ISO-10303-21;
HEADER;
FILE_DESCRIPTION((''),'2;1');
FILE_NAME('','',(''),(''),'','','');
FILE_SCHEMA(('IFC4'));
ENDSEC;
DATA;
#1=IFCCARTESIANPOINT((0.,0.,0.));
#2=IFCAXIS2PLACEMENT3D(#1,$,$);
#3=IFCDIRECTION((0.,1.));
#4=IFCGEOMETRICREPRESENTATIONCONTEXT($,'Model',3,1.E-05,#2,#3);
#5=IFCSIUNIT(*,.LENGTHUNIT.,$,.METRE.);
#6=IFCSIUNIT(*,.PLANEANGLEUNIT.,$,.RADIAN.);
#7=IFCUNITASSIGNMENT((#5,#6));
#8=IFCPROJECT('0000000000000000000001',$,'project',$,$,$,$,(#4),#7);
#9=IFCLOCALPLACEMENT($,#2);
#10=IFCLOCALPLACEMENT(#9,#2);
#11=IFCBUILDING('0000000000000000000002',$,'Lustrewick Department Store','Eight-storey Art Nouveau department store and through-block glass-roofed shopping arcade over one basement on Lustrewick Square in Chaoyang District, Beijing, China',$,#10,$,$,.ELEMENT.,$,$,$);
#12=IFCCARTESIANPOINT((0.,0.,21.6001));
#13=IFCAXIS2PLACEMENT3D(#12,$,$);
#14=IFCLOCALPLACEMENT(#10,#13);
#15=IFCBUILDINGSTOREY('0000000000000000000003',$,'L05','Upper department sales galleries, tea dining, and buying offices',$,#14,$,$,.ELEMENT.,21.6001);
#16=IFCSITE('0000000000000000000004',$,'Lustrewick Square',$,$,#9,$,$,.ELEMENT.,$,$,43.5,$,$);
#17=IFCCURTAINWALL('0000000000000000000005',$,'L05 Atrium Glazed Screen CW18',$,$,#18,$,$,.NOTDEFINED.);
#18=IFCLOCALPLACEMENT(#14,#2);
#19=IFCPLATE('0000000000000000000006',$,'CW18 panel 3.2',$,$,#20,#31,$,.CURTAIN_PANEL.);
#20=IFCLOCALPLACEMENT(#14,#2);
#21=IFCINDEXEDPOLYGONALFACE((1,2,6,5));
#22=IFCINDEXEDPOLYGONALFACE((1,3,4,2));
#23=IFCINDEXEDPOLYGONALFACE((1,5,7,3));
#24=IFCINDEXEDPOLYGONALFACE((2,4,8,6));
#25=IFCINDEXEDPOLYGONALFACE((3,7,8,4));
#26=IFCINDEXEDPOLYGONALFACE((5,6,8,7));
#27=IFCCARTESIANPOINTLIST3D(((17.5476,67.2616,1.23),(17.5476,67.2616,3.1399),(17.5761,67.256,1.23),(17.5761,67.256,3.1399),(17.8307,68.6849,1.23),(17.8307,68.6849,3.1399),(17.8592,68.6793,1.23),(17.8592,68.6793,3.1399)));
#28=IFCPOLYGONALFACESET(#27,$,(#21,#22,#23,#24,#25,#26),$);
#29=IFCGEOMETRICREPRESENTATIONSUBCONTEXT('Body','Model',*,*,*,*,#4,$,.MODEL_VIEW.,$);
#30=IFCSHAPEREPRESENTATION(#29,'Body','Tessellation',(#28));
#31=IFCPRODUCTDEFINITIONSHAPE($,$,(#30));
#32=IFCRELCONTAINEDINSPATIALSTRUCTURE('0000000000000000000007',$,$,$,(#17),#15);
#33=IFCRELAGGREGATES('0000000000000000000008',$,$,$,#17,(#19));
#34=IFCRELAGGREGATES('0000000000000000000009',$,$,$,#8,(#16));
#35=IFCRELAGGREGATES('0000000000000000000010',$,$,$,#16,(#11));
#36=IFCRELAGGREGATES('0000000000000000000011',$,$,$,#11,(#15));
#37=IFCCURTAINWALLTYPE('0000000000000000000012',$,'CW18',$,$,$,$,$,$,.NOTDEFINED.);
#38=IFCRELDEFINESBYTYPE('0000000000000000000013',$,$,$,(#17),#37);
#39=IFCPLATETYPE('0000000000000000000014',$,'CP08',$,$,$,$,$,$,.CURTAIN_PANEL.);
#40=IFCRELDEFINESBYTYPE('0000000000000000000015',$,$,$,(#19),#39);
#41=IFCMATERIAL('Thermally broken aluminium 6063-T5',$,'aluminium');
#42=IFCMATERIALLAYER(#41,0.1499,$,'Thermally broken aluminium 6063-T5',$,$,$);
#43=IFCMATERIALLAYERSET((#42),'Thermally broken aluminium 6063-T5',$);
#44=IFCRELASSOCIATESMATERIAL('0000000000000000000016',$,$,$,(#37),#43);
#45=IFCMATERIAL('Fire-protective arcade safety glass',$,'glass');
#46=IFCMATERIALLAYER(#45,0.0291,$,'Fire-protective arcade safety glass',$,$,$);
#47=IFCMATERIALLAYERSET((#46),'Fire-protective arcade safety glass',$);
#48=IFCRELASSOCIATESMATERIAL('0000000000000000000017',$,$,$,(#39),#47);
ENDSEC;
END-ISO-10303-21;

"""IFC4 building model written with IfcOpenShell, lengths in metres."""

from ifc_helpers import new_model, si_unit, direction, frame, origin, origin_2d, place, context, subcontext, project, spatial, rectangle, extrude, material, layer, layer_set, type_object, element, aggregate, save


model = new_model("IFC4")

# Units and contexts
model_context = context("Model", 3, precision=1e-05, world=origin(), true_north=direction((0.0, 1.0)))
body_context = subcontext(model_context, "Body", "Model", "MODEL_VIEW")
ifc_project = project(units=[si_unit("LENGTHUNIT", "METRE"), si_unit("PLANEANGLEUNIT", "RADIAN")], contexts=[model_context])

# Site, building, storey
site_placement = place(None, origin())
site = spatial("IfcSite", under=ifc_project, at=site_placement, Name="Lustrewick Square", CompositionType="ELEMENT", RefElevation=43.5)
building_placement = place(site_placement, origin())
building = spatial("IfcBuilding", under=site, at=building_placement, Name="Lustrewick Department Store", Description="Eight-storey Art Nouveau department store and through-block glass-roofed shopping arcade over one basement on Lustrewick Square in Chaoyang District, Beijing, China", CompositionType="ELEMENT")
storey_placement = place(building_placement, frame((0.0, 0.0, 21.6001)))
storey = spatial("IfcBuildingStorey", under=building, at=storey_placement, Name="L05", Description="Upper department sales galleries, tea dining, and buying offices", CompositionType="ELEMENT", Elevation=21.6001)

# Shared definitions
ifc_material_1 = material(Name="Thermally broken aluminium 6063-T5", Category="aluminium")

# Curtain wall
ifc_layer_1 = layer(ifc_material_1, 0.1499, Name="Thermally broken aluminium 6063-T5")
ifc_layer_set_1 = layer_set([ifc_layer_1], Name="Thermally broken aluminium 6063-T5")
curtain_wall_type_1 = type_object("IfcCurtainWallType", Name="CW18", PredefinedType="NOTDEFINED", material=ifc_layer_set_1)
curtain_wall_1_placement = place(storey_placement, origin())
curtain_wall_1 = element("IfcCurtainWall", 1, at=curtain_wall_1_placement, inside=storey, type_object=curtain_wall_type_1, Name="L05 Atrium Glazed Screen CW18", PredefinedType="NOTDEFINED")

# Plate
ifc_material_2 = material(Name="Fire-protective arcade safety glass", Category="glass")
ifc_layer_2 = layer(ifc_material_2, 0.0291, Name="Fire-protective arcade safety glass")
ifc_layer_set_2 = layer_set([ifc_layer_2], Name="Fire-protective arcade safety glass")
plate_type_1 = type_object("IfcPlateType", Name="CP08", PredefinedType="CURTAIN_PANEL", material=ifc_layer_set_2)
plate_1_placement = place(storey_placement, frame((17.7034, 67.9705, 1.23), z_axis=(0.0, 0.0, 1.0), x_axis=(-0.195085, -0.980786, 0.0)))
plate_1 = element("IfcPlate", 2, at=plate_1_placement, type_object=plate_type_1, Name="CW18 panel 3.2", PredefinedType="CURTAIN_PANEL", context=body_context, shape_type="SweptSolid", body=[
    extrude(rectangle(XDim=1.4512, YDim=0.0291, at=origin_2d()), origin(), (0.0, 0.0, 1.0), 1.9099),
])
aggregate(curtain_wall_1, [plate_1])

save(model, "model.ifc")
